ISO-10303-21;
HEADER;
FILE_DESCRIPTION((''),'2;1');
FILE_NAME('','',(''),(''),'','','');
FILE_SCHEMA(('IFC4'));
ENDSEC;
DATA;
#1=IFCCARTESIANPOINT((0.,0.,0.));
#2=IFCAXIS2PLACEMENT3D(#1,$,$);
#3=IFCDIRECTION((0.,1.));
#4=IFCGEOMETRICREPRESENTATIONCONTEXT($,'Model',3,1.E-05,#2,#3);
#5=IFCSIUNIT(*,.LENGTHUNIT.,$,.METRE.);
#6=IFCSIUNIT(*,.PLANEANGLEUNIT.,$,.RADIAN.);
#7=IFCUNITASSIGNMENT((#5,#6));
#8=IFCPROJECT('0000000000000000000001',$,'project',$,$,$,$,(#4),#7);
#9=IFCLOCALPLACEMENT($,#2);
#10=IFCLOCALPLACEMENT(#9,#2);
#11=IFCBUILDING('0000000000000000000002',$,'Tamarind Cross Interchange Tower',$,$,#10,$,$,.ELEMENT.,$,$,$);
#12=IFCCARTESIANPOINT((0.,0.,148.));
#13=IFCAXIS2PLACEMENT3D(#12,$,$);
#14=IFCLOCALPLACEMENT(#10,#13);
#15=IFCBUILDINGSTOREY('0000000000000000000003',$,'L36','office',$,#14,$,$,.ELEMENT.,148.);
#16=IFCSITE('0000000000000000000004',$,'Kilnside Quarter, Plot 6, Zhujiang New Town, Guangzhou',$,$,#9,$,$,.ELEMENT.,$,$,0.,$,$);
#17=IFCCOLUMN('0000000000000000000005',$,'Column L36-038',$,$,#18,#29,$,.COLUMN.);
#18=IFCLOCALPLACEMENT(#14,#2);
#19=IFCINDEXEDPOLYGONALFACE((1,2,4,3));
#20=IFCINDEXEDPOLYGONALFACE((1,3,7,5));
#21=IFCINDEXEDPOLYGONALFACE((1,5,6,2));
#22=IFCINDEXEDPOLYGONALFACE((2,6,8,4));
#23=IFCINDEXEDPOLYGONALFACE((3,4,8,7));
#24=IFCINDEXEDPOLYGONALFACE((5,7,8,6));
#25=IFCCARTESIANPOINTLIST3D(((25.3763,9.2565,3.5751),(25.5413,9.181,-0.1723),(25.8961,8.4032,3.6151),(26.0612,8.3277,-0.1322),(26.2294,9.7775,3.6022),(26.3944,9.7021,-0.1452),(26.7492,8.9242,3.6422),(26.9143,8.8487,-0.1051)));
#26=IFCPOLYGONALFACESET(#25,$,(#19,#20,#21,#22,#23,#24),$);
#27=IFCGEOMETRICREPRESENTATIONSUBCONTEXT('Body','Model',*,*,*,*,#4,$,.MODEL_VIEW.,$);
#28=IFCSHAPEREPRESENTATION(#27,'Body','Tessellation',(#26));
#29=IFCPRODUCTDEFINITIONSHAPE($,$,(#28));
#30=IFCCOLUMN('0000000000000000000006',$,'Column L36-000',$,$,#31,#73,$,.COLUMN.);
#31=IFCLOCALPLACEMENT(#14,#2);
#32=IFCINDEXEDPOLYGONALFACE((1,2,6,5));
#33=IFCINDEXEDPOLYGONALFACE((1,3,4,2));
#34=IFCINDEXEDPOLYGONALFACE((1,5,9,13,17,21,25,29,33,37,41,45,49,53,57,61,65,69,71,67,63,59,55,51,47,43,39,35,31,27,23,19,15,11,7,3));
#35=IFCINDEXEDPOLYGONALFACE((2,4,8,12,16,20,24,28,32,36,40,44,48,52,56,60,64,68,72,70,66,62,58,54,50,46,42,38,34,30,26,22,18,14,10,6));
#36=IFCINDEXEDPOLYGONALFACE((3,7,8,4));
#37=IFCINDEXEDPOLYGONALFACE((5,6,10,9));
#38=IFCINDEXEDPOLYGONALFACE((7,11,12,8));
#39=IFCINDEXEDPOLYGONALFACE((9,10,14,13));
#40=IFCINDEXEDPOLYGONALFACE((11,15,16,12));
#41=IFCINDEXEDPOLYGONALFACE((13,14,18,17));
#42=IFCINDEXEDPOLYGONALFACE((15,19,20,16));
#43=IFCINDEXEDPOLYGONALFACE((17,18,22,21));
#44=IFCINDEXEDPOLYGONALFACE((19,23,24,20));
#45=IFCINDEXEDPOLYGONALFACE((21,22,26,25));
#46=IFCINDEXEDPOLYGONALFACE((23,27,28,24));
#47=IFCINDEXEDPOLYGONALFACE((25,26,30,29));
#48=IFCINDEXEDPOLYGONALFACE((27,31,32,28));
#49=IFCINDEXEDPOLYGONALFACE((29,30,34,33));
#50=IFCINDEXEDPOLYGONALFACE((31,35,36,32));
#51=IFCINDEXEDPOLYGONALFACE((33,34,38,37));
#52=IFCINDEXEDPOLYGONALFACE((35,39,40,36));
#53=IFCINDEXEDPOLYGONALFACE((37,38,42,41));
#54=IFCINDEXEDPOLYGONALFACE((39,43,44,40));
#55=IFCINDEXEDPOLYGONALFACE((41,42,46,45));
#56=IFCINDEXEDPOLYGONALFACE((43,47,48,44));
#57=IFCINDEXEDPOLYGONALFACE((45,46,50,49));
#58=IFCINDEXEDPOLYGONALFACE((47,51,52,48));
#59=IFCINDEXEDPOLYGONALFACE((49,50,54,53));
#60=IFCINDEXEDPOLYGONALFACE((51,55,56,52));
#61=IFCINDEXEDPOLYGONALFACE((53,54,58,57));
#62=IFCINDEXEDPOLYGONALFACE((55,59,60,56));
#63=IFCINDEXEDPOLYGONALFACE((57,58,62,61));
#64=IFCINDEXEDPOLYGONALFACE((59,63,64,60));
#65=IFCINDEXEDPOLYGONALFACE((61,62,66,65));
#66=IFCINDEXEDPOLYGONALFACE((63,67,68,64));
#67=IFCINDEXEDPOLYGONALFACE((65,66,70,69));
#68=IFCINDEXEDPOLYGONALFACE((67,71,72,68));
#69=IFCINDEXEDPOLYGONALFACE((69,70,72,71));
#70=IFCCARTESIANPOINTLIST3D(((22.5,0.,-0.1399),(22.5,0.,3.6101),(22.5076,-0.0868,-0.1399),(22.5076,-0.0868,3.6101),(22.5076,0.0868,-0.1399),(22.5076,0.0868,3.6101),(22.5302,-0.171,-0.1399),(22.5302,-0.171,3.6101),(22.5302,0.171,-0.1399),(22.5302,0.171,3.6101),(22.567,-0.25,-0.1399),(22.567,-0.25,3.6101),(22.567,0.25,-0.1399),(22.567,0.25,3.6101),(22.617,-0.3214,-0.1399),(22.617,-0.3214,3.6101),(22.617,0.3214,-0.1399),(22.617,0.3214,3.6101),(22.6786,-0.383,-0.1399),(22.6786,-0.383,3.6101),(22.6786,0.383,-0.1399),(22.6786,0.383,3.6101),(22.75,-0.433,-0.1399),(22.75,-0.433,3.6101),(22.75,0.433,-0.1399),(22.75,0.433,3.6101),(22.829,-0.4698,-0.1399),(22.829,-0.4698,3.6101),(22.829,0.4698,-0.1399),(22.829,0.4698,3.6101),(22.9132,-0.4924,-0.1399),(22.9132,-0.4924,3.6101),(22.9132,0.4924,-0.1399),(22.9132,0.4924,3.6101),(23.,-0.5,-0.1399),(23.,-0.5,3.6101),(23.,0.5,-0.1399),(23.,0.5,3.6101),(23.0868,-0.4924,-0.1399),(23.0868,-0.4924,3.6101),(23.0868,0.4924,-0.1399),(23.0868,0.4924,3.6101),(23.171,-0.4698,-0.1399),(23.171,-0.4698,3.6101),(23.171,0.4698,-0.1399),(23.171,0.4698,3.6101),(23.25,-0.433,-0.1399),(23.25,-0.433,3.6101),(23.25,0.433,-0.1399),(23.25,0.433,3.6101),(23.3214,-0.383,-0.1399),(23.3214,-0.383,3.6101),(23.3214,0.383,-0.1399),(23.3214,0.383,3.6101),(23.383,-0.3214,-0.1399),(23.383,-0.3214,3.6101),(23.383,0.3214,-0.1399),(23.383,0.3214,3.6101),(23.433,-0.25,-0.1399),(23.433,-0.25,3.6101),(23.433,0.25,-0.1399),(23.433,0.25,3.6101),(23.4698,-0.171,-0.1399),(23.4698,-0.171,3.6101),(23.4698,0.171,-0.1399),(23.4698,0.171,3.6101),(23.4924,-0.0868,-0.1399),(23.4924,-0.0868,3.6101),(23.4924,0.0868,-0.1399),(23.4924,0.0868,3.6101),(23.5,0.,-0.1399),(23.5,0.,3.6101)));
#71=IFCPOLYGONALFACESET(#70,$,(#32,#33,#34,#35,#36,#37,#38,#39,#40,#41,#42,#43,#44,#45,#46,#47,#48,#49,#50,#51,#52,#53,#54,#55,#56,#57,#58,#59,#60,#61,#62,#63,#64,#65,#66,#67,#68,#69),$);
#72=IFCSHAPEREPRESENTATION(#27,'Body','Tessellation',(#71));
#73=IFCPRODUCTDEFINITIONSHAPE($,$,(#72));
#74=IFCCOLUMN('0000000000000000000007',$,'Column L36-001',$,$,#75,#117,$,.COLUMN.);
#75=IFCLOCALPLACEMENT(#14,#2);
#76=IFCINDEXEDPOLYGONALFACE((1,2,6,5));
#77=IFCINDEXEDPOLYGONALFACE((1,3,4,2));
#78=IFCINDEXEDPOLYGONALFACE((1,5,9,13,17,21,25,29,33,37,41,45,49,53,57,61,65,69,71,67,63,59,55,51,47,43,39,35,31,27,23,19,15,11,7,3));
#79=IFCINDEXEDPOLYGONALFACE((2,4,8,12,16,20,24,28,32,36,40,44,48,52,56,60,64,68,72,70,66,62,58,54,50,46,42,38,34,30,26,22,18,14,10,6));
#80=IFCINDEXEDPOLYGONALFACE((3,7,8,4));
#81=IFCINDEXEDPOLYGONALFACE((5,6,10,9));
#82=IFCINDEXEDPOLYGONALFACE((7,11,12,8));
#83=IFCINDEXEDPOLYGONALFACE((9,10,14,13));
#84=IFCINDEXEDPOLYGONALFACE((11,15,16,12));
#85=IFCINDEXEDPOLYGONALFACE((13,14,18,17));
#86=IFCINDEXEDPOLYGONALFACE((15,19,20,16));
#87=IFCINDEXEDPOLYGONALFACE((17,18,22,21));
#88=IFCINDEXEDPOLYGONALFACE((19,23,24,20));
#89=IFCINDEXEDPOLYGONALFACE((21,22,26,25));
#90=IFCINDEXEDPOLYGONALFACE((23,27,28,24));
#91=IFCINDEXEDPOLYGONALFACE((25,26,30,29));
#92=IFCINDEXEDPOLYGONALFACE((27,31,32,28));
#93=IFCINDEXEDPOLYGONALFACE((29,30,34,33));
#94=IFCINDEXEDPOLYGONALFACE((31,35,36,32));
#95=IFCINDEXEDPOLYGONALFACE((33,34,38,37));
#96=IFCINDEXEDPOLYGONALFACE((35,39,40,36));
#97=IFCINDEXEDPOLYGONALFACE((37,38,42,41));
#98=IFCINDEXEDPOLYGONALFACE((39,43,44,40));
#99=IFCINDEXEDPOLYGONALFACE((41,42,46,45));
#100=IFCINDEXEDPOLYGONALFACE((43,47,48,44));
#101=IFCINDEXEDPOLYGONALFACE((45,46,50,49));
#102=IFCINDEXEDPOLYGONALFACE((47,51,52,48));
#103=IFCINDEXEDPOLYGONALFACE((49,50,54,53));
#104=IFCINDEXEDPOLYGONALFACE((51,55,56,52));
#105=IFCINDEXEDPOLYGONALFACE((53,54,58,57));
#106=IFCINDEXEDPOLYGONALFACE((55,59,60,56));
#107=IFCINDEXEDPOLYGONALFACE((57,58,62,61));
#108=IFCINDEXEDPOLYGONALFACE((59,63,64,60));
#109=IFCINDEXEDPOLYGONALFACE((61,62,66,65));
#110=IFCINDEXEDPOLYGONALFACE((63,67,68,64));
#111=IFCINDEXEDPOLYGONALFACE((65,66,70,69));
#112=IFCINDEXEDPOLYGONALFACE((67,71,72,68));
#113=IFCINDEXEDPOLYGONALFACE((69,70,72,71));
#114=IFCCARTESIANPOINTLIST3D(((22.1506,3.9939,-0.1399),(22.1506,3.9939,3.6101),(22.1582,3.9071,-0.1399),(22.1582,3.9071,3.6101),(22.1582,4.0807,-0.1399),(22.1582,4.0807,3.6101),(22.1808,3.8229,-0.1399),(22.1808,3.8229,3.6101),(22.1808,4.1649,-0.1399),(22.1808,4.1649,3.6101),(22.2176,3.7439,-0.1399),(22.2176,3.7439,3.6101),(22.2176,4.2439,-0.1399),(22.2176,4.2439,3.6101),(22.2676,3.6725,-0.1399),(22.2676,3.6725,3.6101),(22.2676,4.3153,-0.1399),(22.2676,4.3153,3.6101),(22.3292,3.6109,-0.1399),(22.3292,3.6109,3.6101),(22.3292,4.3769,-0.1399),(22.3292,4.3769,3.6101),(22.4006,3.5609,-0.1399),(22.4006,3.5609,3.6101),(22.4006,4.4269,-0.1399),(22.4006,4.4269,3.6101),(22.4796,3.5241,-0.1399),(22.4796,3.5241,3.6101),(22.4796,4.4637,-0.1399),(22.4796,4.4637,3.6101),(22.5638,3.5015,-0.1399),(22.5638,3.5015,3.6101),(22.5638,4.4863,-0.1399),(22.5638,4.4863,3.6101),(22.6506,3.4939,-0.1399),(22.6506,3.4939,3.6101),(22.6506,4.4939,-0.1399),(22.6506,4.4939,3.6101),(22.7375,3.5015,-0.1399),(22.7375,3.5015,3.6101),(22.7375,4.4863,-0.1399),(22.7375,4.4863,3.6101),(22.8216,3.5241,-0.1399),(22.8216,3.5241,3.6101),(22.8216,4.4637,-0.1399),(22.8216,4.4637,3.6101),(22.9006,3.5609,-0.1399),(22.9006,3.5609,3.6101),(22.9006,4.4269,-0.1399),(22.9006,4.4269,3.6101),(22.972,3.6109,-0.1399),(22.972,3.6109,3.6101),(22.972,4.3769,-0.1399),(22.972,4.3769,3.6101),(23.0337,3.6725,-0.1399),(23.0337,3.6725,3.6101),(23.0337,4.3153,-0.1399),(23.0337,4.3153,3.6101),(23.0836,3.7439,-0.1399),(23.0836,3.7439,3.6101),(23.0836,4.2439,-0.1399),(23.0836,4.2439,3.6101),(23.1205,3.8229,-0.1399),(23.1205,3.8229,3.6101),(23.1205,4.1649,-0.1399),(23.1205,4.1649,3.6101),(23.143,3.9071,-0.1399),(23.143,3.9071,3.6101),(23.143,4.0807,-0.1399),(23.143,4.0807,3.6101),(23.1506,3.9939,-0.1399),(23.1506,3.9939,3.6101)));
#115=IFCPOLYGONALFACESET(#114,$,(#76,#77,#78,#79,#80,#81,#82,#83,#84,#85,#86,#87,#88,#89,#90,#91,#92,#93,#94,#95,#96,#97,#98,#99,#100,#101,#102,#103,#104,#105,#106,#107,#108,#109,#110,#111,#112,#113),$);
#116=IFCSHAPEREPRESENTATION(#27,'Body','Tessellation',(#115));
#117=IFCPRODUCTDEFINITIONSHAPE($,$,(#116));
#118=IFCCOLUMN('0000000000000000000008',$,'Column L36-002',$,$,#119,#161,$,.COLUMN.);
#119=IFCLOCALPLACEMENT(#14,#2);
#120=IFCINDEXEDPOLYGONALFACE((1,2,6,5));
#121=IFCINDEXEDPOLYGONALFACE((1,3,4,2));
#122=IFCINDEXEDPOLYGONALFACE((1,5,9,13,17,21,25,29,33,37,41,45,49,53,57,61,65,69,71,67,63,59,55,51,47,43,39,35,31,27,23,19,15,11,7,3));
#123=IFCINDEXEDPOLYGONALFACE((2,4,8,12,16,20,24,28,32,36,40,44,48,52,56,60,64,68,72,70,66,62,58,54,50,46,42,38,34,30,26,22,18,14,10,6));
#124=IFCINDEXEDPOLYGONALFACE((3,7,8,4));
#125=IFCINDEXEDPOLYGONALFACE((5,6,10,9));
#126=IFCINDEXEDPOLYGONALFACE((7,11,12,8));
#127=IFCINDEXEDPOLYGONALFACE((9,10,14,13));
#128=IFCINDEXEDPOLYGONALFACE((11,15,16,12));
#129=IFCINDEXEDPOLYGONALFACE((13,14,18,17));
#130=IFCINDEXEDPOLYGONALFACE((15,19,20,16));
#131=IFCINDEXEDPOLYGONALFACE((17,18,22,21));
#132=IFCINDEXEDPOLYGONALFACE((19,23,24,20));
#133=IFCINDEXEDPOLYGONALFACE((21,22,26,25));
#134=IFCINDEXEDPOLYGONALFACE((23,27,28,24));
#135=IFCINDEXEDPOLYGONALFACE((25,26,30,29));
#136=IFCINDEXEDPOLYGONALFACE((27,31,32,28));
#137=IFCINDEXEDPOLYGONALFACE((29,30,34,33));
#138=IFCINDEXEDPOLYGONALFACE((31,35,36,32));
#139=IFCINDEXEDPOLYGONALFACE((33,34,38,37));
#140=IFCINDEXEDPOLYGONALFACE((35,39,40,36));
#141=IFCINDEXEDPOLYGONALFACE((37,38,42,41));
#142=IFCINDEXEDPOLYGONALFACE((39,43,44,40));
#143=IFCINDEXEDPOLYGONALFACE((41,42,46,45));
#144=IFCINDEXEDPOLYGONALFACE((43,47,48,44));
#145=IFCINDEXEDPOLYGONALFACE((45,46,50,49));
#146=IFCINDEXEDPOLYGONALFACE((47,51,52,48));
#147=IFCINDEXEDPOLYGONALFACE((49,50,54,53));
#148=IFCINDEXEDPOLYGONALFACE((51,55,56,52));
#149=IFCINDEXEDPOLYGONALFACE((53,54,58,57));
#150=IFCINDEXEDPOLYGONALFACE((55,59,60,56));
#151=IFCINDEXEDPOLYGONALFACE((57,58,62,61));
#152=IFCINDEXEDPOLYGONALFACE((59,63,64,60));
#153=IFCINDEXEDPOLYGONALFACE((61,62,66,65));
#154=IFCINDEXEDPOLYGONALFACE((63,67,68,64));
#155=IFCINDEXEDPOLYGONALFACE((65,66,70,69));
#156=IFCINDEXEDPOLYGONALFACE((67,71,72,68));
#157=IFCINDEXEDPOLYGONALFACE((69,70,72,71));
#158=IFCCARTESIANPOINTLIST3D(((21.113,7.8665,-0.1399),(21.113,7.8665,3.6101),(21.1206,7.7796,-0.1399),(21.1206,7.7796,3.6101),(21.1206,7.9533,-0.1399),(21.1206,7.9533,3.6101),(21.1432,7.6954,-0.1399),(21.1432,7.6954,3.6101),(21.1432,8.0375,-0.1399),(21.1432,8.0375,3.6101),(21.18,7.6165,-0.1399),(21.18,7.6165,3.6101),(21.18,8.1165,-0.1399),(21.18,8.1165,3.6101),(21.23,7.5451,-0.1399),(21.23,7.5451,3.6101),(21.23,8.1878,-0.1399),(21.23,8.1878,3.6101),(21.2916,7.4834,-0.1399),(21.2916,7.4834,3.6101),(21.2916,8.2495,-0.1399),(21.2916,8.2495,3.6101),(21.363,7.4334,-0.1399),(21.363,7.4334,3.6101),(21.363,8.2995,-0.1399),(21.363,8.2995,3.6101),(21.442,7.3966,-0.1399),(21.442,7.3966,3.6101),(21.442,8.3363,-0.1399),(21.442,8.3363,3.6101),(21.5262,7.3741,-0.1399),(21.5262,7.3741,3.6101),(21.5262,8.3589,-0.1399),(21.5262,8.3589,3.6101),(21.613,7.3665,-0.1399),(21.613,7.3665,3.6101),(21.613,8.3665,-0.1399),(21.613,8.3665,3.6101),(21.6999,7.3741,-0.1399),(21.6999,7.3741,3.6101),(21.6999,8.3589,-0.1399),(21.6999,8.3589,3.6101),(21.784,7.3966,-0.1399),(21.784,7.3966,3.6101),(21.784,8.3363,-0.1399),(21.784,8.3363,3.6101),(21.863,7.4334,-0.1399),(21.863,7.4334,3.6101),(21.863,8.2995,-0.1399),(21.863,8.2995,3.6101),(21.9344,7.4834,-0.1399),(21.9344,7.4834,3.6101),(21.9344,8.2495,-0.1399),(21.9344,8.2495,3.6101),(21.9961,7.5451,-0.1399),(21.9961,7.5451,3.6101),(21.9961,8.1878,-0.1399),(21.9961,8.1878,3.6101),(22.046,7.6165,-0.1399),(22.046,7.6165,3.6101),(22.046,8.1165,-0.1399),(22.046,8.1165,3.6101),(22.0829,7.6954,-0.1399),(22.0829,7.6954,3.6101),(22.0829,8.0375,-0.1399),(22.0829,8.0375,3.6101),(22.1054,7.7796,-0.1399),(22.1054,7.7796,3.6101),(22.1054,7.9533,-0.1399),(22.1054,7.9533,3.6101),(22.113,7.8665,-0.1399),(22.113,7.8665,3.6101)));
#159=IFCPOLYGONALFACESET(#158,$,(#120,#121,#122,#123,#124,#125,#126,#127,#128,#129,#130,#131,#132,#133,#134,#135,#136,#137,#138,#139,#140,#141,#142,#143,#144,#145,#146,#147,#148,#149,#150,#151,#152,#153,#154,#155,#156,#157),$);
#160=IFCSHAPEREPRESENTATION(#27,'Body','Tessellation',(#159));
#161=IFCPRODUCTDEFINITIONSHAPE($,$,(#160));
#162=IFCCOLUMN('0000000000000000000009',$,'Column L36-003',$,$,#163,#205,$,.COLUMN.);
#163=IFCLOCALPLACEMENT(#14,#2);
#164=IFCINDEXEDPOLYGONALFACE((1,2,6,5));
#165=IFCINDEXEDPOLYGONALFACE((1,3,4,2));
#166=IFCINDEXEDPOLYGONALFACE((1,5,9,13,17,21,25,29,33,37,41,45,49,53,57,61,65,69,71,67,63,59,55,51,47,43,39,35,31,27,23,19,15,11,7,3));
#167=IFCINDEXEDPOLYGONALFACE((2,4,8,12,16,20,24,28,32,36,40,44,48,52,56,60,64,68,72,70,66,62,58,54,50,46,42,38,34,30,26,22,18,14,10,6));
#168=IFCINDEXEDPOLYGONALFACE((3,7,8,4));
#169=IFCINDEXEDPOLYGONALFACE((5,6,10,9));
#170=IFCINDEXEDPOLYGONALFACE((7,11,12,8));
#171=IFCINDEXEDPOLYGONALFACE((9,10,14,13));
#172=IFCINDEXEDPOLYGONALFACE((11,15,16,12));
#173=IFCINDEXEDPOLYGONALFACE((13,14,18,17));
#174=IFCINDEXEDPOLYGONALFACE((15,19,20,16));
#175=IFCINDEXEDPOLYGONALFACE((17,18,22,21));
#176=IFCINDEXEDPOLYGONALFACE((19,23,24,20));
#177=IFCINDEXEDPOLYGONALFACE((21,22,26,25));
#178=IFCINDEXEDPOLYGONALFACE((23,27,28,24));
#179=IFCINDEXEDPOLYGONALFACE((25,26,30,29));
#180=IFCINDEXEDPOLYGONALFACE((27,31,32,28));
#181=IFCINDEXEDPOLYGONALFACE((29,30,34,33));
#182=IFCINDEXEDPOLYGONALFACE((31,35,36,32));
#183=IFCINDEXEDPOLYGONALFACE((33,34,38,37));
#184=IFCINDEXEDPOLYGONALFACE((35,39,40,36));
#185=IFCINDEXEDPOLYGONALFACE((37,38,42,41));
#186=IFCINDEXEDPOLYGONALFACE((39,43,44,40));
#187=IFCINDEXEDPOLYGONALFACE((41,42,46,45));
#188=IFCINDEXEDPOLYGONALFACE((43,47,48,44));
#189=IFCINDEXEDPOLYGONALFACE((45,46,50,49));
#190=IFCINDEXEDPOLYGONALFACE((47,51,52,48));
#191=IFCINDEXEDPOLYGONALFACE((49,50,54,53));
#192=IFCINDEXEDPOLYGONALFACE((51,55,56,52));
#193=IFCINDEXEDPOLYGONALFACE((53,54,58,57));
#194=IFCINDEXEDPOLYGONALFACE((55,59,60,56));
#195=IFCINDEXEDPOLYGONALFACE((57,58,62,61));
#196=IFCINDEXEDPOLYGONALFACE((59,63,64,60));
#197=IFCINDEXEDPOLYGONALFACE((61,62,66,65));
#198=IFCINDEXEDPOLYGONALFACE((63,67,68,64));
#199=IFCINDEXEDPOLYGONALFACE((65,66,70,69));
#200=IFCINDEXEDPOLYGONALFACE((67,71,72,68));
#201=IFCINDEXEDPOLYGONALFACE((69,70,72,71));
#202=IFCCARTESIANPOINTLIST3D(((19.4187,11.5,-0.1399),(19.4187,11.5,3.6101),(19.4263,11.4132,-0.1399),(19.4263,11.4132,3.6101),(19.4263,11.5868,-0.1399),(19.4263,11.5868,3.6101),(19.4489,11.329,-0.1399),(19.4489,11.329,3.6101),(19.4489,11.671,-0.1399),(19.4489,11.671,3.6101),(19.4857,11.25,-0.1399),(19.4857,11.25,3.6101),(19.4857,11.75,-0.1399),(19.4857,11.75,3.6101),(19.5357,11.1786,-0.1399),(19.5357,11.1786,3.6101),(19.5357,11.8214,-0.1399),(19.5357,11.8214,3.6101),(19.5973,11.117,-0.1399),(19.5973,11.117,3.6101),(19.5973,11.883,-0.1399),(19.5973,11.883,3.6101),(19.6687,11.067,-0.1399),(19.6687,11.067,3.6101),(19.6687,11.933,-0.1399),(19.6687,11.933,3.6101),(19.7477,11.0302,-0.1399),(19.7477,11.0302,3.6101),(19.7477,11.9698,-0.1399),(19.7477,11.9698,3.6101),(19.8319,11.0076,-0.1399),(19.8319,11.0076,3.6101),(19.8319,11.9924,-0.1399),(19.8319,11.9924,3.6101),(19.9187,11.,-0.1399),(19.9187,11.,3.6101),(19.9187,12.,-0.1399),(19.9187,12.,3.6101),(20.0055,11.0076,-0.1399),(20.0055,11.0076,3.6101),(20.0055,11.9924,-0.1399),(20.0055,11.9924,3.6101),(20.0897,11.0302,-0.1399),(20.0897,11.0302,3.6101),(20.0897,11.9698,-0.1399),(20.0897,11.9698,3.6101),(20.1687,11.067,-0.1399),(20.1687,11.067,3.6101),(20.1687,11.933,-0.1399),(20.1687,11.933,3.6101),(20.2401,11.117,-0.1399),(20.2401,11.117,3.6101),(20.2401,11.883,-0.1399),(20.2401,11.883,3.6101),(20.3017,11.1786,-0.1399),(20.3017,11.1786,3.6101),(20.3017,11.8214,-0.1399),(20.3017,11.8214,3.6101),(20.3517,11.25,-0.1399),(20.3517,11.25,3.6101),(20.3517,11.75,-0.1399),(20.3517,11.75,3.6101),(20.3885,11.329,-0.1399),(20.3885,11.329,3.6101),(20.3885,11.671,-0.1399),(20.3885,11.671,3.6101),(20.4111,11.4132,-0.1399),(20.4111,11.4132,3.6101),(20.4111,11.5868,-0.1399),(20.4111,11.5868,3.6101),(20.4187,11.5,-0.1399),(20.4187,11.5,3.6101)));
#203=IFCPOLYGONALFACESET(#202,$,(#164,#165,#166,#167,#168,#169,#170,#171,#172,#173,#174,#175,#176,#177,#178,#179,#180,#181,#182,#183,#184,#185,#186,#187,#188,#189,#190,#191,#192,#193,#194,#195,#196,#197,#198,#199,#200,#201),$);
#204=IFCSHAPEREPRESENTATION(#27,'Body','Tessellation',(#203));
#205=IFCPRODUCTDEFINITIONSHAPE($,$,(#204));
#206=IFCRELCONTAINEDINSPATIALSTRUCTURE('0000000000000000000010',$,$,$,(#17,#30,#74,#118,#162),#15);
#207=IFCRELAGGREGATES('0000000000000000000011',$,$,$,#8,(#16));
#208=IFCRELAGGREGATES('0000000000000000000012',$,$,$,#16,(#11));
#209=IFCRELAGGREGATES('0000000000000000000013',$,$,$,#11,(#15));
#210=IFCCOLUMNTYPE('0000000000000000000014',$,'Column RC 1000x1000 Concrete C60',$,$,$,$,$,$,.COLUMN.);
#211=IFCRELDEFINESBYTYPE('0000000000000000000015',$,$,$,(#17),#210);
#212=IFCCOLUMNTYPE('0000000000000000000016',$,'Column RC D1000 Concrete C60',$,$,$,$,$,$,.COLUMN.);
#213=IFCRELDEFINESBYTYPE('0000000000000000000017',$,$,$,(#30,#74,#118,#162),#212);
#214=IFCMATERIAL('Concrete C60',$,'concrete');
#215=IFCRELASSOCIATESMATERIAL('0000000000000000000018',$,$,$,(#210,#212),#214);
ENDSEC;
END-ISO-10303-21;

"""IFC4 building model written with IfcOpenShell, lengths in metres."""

from ifc_helpers import new_model, si_unit, direction, frame, origin, origin_2d, place, context, subcontext, project, spatial, rectangle, circle, extrude, material, material_profile, profile_set, type_object, element, save


model = new_model("IFC4")

# Units and contexts
model_context = context("Model", 3, precision=1e-05, world=origin(), true_north=direction((0.0, 1.0)))
body_context = subcontext(model_context, "Body", "Model", "MODEL_VIEW")
ifc_project = project(units=[si_unit("LENGTHUNIT", "METRE"), si_unit("PLANEANGLEUNIT", "RADIAN")], contexts=[model_context])

# Site, building, storey
site_placement = place(None, origin())
site = spatial("IfcSite", under=ifc_project, at=site_placement, Name="Kilnside Quarter, Plot 6, Zhujiang New Town, Guangzhou", CompositionType="ELEMENT", RefElevation=0.0)
building_placement = place(site_placement, origin())
building = spatial("IfcBuilding", under=site, at=building_placement, Name="Tamarind Cross Interchange Tower", CompositionType="ELEMENT")
storey_placement = place(building_placement, frame((0.0, 0.0, 148.0)))
storey = spatial("IfcBuildingStorey", under=building, at=storey_placement, Name="L36", Description="office", CompositionType="ELEMENT", Elevation=148.0)

# Columns
ifc_material_1 = material(Name="Concrete C60", Category="concrete")
ifc_material_profile_1 = material_profile(ifc_material_1, rectangle(XDim=1.0, YDim=1.0, at=origin_2d()), Name="RC 1000x1000")
ifc_profile_set_1 = profile_set([ifc_material_profile_1], Name="Concrete C60")
column_type_1 = type_object("IfcColumnType", Name="Column RC 1000x1000 Concrete C60", PredefinedType="COLUMN", material=ifc_profile_set_1)
column_placement = place(storey_placement, frame((26.2278, 9.0149, -0.1387), z_axis=(-0.04399, 0.020108, 0.99883), x_axis=(0.519859, -0.853312, 0.040074)))
element("IfcColumn", 1, at=column_placement, inside=storey, type_object=column_type_1, Name="Column L36-038", PredefinedType="COLUMN", context=body_context, shape_type="SweptSolid", body=[
    extrude(rectangle(XDim=1.0, YDim=1.0, at=origin_2d()), origin(), (0.0, 0.0, 1.0), 3.7517),
])
ifc_material_profile_2 = material_profile(ifc_material_1, circle(Radius=0.5, at=origin_2d()), Name="RC D1000")
ifc_profile_set_2 = profile_set([ifc_material_profile_2], Name="Concrete C60")
column_type_2 = type_object("IfcColumnType", Name="Column RC D1000 Concrete C60", PredefinedType="COLUMN", material=ifc_profile_set_2)
for number, where, z_axis, x_axis, name in (
    (2, (23.0, 0.0, -0.1399), (0.0, 0.0, 1.0), (1.0, 0.0, 0.0), "Column L36-000"),
    (3, (22.6506, 3.9939, -0.1399), (0.0, 0.0, 1.0), (1.0, 0.0, 0.0), "Column L36-001"),
    (4, (21.613, 7.8665, -0.1399), (0.0, 0.0, 1.0), (1.0, 0.0, 0.0), "Column L36-002"),
    (5, (19.9187, 11.5, -0.1399), (0.0, 0.0, 1.0), (1.0, 0.0, 0.0), "Column L36-003"),
):
    element("IfcColumn", number, at=place(storey_placement, frame(where, z_axis=z_axis, x_axis=x_axis)), inside=storey, type_object=column_type_2, Name=name, PredefinedType="COLUMN", context=body_context, shape_type="SweptSolid", body=[
        extrude(circle(Radius=0.5, at=origin_2d()), origin(), (0.0, 0.0, 1.0), 3.75),
    ])

save(model, "model.ifc")
